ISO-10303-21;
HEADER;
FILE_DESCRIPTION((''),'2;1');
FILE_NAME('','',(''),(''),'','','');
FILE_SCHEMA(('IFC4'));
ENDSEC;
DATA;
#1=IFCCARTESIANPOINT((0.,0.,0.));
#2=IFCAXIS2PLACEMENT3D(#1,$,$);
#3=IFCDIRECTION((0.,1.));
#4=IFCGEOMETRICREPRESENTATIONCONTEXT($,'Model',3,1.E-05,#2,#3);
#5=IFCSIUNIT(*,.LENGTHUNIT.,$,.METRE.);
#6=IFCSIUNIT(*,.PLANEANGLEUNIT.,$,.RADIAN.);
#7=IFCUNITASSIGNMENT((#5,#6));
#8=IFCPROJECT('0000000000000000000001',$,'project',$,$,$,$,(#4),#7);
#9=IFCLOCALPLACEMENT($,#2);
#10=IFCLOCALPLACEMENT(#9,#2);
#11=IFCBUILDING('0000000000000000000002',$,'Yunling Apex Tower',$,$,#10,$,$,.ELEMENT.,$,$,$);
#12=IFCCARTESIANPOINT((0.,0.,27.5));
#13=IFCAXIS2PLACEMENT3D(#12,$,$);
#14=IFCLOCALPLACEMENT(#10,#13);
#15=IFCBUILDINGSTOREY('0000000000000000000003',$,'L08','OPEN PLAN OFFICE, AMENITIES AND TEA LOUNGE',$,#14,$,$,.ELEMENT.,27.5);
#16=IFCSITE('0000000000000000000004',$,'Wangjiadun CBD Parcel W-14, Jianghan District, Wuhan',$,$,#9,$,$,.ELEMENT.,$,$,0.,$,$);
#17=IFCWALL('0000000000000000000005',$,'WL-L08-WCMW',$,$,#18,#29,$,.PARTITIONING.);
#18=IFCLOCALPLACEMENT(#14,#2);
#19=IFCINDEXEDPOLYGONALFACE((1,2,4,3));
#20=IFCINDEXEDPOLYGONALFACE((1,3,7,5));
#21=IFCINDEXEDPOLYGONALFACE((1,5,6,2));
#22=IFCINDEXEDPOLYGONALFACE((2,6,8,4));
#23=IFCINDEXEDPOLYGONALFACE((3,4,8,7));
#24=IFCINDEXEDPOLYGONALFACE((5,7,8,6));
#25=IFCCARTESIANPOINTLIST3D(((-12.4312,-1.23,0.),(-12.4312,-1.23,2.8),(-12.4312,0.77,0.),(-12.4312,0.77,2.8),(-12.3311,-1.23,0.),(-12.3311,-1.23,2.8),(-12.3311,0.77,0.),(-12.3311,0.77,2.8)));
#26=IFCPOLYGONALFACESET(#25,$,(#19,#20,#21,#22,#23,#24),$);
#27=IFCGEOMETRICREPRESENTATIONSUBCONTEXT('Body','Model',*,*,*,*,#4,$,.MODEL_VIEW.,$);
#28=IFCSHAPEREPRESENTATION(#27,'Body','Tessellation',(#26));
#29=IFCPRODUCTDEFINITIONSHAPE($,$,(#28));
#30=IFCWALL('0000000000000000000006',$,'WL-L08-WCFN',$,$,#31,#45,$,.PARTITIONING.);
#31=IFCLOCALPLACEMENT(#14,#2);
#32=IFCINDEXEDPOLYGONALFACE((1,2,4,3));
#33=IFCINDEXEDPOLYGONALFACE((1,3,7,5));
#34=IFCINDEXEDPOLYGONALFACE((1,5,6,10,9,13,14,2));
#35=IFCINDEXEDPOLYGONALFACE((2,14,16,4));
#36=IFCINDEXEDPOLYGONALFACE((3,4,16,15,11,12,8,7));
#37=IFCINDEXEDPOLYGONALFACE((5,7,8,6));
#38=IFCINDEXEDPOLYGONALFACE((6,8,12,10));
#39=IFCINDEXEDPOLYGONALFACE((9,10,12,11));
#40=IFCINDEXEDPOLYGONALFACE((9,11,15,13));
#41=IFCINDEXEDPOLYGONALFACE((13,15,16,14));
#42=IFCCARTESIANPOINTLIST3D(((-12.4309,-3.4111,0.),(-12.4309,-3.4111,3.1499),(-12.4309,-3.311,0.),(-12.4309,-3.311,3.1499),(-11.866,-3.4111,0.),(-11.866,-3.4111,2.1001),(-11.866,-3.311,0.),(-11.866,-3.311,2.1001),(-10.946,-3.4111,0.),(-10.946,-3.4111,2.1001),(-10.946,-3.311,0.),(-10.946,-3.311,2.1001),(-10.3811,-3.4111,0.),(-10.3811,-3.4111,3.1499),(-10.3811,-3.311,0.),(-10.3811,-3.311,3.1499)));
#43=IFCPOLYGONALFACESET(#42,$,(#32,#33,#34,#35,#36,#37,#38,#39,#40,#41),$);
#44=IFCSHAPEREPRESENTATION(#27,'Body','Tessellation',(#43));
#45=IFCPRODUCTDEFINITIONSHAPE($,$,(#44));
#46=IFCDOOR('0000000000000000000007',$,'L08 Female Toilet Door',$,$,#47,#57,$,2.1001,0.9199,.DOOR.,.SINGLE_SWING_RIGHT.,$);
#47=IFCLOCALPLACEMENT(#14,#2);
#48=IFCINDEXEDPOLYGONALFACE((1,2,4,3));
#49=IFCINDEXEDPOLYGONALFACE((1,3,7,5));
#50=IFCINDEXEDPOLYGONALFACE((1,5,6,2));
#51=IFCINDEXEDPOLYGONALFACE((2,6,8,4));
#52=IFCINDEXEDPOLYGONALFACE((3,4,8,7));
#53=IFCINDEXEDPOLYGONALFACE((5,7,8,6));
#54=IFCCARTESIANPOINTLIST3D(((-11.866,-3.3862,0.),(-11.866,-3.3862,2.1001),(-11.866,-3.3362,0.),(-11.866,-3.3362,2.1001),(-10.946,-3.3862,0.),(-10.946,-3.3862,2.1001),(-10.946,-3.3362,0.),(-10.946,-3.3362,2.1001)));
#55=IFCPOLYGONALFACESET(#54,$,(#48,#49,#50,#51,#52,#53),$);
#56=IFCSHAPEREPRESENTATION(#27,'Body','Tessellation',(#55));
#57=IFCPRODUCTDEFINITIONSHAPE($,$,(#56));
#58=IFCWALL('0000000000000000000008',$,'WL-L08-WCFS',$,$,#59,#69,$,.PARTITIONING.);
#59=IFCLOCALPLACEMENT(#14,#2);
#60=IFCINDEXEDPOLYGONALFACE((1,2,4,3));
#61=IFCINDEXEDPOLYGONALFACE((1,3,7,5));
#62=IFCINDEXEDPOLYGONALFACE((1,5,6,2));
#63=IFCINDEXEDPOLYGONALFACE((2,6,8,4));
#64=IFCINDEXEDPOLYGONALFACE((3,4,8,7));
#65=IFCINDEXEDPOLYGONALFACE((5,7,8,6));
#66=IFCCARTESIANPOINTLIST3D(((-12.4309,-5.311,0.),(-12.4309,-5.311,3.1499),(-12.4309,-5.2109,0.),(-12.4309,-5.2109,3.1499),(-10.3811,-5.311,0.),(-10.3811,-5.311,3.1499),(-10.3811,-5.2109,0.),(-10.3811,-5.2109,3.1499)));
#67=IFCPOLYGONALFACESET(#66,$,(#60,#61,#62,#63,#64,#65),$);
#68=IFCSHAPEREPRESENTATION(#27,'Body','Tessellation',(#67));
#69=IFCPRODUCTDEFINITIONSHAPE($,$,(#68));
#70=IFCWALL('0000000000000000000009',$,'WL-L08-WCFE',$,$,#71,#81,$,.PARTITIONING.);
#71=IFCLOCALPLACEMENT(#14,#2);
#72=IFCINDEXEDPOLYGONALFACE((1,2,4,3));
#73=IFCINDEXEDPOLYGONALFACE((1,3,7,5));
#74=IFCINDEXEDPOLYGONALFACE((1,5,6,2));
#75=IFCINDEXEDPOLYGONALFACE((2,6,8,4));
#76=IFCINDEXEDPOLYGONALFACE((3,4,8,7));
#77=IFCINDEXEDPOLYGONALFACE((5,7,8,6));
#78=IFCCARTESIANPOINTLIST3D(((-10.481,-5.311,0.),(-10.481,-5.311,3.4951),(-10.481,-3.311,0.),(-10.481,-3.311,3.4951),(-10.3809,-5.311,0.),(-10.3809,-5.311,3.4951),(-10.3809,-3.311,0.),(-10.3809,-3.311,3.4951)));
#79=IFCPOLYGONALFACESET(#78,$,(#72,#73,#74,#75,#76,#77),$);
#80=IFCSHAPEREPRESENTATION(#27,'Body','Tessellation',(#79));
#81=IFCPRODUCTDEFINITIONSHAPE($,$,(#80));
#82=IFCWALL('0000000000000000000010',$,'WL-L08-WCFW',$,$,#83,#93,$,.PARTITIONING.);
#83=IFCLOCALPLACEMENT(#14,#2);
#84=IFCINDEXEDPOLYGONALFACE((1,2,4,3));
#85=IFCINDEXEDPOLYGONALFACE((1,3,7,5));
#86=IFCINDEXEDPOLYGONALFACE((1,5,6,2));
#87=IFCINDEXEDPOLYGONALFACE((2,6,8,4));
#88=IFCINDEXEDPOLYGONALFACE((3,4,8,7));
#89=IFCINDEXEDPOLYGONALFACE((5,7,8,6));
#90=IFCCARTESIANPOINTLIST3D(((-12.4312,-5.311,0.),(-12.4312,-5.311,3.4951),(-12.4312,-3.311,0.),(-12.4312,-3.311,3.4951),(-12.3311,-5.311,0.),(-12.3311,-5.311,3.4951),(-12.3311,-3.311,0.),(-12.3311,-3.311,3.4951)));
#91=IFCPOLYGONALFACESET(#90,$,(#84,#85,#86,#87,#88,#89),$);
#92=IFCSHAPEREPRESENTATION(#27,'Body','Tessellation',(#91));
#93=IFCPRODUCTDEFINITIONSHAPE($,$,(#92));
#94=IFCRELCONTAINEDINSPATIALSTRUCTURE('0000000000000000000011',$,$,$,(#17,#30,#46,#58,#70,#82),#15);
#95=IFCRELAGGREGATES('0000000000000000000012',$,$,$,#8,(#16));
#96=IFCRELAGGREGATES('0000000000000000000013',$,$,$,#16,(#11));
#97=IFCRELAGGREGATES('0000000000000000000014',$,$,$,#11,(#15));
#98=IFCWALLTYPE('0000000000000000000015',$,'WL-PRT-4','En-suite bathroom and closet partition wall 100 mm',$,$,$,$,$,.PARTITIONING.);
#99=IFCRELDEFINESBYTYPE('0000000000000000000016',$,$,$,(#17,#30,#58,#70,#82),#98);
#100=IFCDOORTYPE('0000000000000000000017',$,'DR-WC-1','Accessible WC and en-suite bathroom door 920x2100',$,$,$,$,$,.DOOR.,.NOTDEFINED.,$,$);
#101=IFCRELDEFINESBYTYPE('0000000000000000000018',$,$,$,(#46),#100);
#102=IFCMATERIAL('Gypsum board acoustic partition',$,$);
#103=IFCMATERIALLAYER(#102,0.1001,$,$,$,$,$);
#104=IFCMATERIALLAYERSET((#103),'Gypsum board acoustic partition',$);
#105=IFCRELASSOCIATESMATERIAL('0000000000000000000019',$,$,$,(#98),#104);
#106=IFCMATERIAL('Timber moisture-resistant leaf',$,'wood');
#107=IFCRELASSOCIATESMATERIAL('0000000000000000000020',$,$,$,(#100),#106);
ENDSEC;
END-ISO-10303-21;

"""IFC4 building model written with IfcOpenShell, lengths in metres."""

from ifc_helpers import new_model, si_unit, direction, frame, frame_2d, origin, place, context, subcontext, project, spatial, rectangle, extrude, material, layer, layer_set, type_object, element, fill, save


model = new_model("IFC4")

# Units and contexts
model_context = context("Model", 3, precision=1e-05, world=origin(), true_north=direction((0.0, 1.0)))
body_context = subcontext(model_context, "Body", "Model", "MODEL_VIEW")
ifc_project = project(units=[si_unit("LENGTHUNIT", "METRE"), si_unit("PLANEANGLEUNIT", "RADIAN")], contexts=[model_context])

# Site, building, storey
site_placement = place(None, origin())
site = spatial("IfcSite", under=ifc_project, at=site_placement, Name="Wangjiadun CBD Parcel W-14, Jianghan District, Wuhan", CompositionType="ELEMENT", RefElevation=0.0)
building_placement = place(site_placement, origin())
building = spatial("IfcBuilding", under=site, at=building_placement, Name="Yunling Apex Tower", CompositionType="ELEMENT")
storey_placement = place(building_placement, frame((0.0, 0.0, 27.5)))
storey = spatial("IfcBuildingStorey", under=building, at=storey_placement, Name="L08", Description="OPEN PLAN OFFICE, AMENITIES AND TEA LOUNGE", CompositionType="ELEMENT", Elevation=27.5)

# Wall
ifc_material_1 = material(Name="Gypsum board acoustic partition")
ifc_layer_1 = layer(ifc_material_1, 0.1001)
ifc_layer_set_1 = layer_set([ifc_layer_1], Name="Gypsum board acoustic partition")
wall_type = type_object("IfcWallType", Name="WL-PRT-4", Description="En-suite bathroom and closet partition wall 100 mm", PredefinedType="PARTITIONING", material=ifc_layer_set_1)
wall_1_placement = place(storey_placement, frame((-12.3811, -1.23, 0.0), z_axis=(0.0, 0.0, 1.0), x_axis=(0.0, 1.0, 0.0)))
element("IfcWall", 1, at=wall_1_placement, inside=storey, type_object=wall_type, Name="WL-L08-WCMW", PredefinedType="PARTITIONING", context=body_context, shape_type="SweptSolid", body=[
    extrude(rectangle(XDim=2.0, YDim=0.1001, at=frame_2d((1.0, 0.0))), origin(), (0.0, 0.0, 1.0), 2.8),
])

# Wall, opening, door
wall_2_placement = place(storey_placement, frame((-12.4309, -3.3611, 0.0), z_axis=(0.0, 0.0, 1.0), x_axis=(1.0, 0.0, 0.0)))
wall_2 = element("IfcWall", 2, at=wall_2_placement, inside=storey, type_object=wall_type, Name="WL-L08-WCFN", PredefinedType="PARTITIONING", context=body_context, shape_type="SweptSolid", body=[
    extrude(rectangle(XDim=2.0498, YDim=0.1001, at=frame_2d((1.0249, 0.0))), origin(), (0.0, 0.0, 1.0), 3.1499),
])
opening_placement = place(wall_2_placement, frame((0.5649, 0.0, 0.0)))
opening = element("IfcOpeningElement", 3, at=opening_placement, cuts=wall_2, PredefinedType="OPENING", context=body_context, shape_type="SweptSolid", body=[
    extrude(rectangle(XDim=0.9199, YDim=2.1001, at=frame_2d((0.46, 1.05))), frame((0.0, 0.0601, 0.0), z_axis=(0.0, -1.0, 0.0), x_axis=(1.0, 0.0, 0.0)), (0.0, 0.0, 1.0), 0.1201),
])
ifc_material_2 = material(Name="Timber moisture-resistant leaf", Category="wood")
door_type = type_object("IfcDoorType", Name="DR-WC-1", Description="Accessible WC and en-suite bathroom door 920x2100", OperationType="NOTDEFINED", PredefinedType="DOOR", material=ifc_material_2)
door_placement = place(opening_placement, origin())
door = element("IfcDoor", 4, at=door_placement, inside=storey, type_object=door_type, Name="L08 Female Toilet Door", OperationType="SINGLE_SWING_RIGHT", OverallHeight=2.1001, OverallWidth=0.9199, PredefinedType="DOOR", context=body_context, shape_type="SweptSolid", body=[
    extrude(rectangle(XDim=0.9199, YDim=2.1001, at=frame_2d((0.46, 1.05))), frame((0.0, 0.0249, 0.0), z_axis=(0.0, -1.0, 0.0), x_axis=(1.0, 0.0, 0.0)), (0.0, 0.0, 1.0), 0.05),
])
fill(opening, door)

# Walls
wall_3_placement = place(storey_placement, frame((-10.3811, -5.261, 0.0), z_axis=(0.0, 0.0, 1.0), x_axis=(-1.0, 0.0, 0.0)))
element("IfcWall", 5, at=wall_3_placement, inside=storey, type_object=wall_type, Name="WL-L08-WCFS", PredefinedType="PARTITIONING", context=body_context, shape_type="SweptSolid", body=[
    extrude(rectangle(XDim=2.0498, YDim=0.1001, at=frame_2d((1.0249, 0.0))), origin(), (0.0, 0.0, 1.0), 3.1499),
])
for number, where, z_axis, x_axis, name in (
    (6, (-10.4309, -3.311, 0.0), (0.0, 0.0, 1.0), (0.0, -1.0, 0.0), "WL-L08-WCFE"),
    (7, (-12.3811, -5.311, 0.0), (0.0, 0.0, 1.0), (0.0, 1.0, 0.0), "WL-L08-WCFW"),
):
    element("IfcWall", number, at=place(storey_placement, frame(where, z_axis=z_axis, x_axis=x_axis)), inside=storey, type_object=wall_type, Name=name, PredefinedType="PARTITIONING", context=body_context, shape_type="SweptSolid", body=[
        extrude(rectangle(XDim=2.0, YDim=0.1001, at=frame_2d((1.0, 0.0))), origin(), (0.0, 0.0, 1.0), 3.4951),
    ])

save(model, "model.ifc")
